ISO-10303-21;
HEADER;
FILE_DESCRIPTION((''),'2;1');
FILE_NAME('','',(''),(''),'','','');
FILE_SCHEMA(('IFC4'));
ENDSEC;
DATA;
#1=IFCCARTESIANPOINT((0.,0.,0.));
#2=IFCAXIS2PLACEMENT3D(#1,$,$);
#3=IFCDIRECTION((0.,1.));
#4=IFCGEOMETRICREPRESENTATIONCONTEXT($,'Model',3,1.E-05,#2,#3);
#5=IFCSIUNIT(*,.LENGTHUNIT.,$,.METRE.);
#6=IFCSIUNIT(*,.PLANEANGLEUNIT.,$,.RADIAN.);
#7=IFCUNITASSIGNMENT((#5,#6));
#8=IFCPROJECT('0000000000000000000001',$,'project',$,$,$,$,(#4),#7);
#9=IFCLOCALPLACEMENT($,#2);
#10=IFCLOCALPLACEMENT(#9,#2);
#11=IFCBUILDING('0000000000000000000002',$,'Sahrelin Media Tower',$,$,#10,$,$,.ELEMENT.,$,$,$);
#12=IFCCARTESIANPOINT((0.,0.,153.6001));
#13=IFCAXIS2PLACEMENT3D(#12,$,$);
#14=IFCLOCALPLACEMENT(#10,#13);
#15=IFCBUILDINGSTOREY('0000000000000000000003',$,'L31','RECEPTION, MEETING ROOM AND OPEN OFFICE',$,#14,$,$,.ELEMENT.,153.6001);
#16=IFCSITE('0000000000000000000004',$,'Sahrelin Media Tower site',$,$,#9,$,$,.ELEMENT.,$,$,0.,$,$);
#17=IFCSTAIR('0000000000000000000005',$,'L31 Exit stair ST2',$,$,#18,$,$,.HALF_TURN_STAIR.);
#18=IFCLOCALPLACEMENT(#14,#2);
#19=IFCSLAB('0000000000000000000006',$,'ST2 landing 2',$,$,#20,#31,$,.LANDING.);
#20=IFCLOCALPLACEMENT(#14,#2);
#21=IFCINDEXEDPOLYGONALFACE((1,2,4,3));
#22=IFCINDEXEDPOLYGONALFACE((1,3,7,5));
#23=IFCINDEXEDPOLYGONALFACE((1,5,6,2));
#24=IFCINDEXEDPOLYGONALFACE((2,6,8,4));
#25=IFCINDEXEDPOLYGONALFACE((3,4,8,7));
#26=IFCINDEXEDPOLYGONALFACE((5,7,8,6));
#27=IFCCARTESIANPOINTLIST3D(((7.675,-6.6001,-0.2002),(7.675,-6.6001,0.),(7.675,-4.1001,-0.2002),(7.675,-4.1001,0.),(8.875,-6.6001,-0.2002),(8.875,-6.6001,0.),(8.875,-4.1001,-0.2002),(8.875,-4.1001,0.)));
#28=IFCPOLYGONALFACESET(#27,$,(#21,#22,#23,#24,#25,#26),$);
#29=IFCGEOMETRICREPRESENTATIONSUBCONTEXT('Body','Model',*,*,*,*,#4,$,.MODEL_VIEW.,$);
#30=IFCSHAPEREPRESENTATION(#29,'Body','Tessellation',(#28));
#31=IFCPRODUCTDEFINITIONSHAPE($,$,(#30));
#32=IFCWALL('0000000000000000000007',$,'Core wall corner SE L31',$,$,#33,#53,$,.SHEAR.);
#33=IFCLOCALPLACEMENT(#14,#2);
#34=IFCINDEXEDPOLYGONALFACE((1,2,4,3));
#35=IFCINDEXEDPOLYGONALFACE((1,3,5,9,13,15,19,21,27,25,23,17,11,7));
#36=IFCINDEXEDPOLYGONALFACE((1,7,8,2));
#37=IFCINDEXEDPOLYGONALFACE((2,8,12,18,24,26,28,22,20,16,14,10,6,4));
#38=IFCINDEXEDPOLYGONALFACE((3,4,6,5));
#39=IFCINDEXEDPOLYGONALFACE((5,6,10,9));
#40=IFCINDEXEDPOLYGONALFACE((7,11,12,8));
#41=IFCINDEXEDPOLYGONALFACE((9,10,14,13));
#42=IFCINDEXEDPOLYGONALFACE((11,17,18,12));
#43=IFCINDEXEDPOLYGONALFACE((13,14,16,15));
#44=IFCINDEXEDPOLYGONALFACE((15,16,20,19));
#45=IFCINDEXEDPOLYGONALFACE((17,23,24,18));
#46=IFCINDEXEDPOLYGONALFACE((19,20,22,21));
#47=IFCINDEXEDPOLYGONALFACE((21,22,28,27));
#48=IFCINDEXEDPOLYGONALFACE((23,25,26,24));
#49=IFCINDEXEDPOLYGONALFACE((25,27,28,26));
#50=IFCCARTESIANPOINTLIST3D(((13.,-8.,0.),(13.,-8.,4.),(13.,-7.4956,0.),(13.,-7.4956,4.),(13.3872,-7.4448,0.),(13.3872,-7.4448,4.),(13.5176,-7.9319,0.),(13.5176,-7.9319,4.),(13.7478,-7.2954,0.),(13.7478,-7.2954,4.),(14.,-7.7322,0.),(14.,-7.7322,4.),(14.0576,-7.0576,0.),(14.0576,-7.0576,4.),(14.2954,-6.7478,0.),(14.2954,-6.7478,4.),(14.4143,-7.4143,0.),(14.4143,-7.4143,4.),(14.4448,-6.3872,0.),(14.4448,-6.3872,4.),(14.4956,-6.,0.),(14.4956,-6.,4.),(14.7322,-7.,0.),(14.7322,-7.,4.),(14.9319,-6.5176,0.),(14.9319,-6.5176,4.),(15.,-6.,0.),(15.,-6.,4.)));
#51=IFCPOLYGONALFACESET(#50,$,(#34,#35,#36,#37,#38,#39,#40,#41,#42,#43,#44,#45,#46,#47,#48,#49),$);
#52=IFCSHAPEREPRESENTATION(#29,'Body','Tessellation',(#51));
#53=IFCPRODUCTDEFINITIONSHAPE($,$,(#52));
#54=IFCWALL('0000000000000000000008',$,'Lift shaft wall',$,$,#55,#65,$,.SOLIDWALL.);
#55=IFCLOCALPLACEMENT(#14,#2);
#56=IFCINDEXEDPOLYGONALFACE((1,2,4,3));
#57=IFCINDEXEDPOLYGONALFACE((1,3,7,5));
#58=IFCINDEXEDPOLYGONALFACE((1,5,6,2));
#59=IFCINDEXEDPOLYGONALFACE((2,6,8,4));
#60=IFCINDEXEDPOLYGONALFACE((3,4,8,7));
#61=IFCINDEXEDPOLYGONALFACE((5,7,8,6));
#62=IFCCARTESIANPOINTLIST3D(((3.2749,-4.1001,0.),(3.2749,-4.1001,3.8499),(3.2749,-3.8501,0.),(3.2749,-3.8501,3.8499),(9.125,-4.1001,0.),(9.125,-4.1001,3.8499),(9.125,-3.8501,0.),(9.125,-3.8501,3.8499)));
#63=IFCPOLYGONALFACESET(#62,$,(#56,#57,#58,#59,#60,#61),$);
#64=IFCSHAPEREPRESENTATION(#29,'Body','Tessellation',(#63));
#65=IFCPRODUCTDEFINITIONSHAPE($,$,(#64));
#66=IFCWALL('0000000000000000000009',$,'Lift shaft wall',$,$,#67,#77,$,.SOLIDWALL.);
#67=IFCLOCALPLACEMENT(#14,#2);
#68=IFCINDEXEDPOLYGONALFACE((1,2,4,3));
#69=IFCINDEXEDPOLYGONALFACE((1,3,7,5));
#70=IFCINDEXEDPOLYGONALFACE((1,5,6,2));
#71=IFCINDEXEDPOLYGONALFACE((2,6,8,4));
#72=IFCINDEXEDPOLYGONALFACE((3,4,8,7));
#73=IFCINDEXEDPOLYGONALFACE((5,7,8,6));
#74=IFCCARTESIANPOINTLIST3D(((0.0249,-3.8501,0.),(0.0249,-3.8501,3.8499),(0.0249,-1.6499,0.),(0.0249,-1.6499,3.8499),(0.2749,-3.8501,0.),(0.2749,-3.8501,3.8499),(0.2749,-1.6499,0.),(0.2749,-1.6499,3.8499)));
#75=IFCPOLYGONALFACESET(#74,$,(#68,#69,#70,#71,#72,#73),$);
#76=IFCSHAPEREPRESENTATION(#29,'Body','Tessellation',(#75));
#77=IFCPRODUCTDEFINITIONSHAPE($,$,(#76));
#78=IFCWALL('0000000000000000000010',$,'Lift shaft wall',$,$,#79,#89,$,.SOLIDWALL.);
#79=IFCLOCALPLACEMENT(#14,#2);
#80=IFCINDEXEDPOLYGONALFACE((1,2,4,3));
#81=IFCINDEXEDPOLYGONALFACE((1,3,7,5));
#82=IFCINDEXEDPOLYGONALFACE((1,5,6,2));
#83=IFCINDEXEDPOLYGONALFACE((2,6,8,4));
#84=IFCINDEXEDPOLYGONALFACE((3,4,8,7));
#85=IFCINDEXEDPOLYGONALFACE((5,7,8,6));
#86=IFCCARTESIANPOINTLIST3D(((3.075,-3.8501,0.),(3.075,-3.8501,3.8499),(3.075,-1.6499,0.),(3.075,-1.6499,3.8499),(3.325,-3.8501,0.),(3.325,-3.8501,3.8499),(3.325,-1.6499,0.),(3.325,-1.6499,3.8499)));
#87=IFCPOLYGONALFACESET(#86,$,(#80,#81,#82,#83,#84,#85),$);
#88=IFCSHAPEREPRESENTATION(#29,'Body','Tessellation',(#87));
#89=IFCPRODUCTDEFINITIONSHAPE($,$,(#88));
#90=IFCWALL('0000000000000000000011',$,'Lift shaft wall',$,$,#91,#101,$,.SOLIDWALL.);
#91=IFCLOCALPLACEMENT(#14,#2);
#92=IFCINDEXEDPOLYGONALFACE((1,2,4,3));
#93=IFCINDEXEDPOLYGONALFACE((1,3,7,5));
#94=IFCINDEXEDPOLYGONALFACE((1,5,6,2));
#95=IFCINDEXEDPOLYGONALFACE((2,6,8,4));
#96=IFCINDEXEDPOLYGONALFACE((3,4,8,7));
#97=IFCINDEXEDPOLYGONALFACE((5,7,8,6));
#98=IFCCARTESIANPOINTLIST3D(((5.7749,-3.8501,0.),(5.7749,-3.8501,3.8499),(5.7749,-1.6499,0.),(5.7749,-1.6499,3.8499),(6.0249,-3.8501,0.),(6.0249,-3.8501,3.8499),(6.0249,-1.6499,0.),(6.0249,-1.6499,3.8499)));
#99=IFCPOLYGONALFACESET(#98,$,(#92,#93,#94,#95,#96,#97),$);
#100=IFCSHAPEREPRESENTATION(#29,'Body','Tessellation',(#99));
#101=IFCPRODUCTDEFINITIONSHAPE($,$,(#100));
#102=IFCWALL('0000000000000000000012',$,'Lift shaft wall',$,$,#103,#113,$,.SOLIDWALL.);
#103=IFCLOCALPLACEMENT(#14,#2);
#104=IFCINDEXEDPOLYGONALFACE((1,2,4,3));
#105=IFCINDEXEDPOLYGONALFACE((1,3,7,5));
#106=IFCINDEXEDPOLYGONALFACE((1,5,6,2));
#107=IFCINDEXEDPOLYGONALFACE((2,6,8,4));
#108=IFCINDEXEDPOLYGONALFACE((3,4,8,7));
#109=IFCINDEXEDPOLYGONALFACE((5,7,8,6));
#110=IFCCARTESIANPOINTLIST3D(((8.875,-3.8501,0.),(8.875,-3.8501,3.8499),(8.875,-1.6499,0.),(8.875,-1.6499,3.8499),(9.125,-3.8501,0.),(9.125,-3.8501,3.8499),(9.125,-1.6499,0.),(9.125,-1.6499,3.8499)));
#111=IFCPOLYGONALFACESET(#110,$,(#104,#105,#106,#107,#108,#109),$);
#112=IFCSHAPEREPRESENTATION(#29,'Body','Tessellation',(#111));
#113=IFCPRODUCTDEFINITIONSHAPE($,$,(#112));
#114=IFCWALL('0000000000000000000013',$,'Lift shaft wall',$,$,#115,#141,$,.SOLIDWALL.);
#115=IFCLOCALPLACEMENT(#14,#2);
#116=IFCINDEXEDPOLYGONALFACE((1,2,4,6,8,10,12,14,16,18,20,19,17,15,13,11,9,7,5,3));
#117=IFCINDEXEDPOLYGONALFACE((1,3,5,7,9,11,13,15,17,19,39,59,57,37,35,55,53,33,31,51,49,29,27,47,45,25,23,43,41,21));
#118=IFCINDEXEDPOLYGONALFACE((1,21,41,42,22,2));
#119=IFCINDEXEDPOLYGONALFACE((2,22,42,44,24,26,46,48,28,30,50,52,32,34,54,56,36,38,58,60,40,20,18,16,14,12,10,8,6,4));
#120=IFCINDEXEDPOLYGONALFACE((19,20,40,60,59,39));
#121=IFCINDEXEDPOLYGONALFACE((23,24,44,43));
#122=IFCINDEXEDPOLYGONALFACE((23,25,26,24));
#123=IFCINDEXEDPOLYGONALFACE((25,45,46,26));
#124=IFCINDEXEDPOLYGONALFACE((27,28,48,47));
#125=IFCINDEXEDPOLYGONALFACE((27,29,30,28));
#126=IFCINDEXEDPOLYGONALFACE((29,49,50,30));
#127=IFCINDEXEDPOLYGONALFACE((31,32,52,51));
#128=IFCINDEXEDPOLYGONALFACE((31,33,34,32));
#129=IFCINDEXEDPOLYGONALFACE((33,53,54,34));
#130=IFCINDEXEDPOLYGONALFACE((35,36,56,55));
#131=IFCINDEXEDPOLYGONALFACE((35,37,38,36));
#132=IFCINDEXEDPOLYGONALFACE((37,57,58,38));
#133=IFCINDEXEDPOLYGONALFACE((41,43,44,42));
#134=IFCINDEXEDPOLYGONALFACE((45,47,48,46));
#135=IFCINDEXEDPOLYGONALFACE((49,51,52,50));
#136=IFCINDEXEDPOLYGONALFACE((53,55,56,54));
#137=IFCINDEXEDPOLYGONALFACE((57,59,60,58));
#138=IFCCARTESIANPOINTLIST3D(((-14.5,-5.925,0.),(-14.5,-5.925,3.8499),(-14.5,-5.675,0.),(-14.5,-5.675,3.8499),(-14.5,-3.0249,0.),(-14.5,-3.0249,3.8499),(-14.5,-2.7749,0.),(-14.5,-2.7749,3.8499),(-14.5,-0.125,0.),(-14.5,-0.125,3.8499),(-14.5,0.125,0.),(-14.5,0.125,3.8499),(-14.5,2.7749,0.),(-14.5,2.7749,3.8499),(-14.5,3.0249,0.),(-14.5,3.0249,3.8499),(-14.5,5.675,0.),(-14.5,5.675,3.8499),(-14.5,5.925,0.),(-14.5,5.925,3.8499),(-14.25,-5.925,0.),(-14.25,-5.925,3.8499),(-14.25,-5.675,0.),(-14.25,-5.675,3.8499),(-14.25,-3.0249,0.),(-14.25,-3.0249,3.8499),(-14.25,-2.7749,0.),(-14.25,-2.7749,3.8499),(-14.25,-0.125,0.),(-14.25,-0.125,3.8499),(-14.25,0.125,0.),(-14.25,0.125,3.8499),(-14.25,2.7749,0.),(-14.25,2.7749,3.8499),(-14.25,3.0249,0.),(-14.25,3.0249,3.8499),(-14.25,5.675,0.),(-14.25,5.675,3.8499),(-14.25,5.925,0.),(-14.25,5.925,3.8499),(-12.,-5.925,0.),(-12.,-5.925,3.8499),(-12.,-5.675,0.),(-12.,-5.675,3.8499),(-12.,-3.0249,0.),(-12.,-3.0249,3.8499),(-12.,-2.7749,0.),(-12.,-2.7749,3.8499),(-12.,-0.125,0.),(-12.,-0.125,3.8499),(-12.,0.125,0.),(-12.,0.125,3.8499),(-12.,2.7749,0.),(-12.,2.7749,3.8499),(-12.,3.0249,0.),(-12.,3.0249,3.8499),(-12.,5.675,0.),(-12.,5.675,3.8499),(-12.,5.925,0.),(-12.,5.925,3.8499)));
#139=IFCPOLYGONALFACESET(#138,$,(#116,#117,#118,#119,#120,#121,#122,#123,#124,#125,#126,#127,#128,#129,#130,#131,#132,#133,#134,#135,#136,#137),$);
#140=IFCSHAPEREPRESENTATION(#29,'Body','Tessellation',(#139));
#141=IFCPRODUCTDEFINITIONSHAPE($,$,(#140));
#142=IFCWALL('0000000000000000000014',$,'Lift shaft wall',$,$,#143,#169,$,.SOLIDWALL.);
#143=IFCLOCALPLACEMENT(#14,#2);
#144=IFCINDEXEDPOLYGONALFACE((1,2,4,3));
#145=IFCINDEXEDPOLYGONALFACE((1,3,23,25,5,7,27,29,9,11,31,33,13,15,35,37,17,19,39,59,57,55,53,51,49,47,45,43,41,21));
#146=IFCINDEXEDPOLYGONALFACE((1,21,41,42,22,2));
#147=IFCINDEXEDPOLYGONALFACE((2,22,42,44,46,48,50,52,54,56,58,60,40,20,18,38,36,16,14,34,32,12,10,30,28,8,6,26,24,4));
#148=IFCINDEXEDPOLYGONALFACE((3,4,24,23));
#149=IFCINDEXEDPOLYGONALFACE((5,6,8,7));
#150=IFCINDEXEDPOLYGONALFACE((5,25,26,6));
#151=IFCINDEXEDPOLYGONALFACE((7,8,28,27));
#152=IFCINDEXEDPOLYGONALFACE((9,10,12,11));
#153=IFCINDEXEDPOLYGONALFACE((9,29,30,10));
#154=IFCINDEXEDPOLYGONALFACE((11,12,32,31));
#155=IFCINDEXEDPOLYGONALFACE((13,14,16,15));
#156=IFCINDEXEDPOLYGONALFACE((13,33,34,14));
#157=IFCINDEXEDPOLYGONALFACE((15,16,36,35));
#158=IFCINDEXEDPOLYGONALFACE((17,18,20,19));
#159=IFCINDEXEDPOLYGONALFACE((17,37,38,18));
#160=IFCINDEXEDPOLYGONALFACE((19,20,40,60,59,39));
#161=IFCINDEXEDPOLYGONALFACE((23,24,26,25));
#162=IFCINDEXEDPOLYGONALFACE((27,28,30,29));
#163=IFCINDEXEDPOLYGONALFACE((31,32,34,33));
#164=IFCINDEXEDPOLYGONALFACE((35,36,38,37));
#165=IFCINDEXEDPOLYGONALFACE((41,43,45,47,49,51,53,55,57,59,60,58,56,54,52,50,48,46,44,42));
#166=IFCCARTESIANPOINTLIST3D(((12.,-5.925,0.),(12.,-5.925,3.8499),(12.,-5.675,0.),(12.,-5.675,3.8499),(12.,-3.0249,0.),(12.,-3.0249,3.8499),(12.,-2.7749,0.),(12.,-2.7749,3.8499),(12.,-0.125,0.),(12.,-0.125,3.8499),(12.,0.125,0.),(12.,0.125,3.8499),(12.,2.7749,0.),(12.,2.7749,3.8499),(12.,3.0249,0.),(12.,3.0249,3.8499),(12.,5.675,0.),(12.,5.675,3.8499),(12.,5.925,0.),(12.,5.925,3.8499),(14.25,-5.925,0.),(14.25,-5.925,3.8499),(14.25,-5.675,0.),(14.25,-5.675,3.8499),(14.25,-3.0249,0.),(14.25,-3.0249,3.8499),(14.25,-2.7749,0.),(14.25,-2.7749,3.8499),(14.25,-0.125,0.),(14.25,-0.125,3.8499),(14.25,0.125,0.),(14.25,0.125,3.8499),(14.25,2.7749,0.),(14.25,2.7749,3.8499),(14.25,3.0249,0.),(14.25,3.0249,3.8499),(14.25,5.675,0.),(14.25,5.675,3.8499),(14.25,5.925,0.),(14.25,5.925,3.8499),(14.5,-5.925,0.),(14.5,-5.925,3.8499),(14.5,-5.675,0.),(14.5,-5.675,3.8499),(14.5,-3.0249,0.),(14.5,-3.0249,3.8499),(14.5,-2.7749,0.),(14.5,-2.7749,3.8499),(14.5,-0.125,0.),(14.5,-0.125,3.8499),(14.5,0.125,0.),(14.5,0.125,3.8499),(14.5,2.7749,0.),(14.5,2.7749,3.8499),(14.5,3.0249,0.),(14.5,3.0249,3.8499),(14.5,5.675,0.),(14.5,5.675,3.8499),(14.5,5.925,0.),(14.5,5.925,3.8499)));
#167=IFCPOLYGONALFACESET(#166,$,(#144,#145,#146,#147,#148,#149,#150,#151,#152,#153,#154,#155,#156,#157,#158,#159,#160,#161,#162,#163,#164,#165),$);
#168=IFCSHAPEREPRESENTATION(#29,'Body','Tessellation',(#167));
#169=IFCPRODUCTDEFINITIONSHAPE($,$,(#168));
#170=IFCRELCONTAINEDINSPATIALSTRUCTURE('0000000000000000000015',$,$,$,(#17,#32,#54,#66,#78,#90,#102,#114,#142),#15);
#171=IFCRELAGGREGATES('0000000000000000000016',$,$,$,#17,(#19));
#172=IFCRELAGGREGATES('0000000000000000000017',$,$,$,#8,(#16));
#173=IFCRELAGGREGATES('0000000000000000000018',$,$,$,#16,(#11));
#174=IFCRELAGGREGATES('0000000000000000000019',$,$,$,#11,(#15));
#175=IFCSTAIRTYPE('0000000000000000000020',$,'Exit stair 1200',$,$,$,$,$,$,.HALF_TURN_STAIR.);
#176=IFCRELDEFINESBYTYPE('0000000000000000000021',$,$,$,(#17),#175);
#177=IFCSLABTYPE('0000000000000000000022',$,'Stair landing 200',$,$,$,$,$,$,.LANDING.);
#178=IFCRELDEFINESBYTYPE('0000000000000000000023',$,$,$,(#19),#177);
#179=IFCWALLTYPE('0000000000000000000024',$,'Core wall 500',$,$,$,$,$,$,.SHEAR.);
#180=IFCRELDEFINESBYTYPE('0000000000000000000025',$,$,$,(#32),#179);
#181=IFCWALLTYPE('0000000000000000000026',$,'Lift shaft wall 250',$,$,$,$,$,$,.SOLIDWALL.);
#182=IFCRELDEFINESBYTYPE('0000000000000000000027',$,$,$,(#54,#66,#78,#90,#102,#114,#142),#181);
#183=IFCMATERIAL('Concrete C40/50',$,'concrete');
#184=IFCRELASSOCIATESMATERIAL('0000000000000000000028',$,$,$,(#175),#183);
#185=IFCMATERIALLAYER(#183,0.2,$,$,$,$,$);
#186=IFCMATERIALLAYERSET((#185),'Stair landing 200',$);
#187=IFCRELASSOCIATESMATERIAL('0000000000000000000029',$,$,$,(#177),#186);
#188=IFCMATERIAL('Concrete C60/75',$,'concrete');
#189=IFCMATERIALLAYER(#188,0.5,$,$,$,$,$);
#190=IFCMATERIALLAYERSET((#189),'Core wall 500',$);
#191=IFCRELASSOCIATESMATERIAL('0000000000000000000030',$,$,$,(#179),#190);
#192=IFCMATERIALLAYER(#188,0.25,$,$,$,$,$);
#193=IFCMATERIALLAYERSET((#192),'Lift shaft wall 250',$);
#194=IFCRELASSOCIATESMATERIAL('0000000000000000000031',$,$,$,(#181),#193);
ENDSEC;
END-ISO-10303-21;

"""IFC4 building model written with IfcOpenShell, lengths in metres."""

from ifc_helpers import new_model, si_unit, direction, frame, frame_2d, origin, place, context, subcontext, project, spatial, polyline, rectangle, outline, extrude, material, layer, layer_set, type_object, element, aggregate, save


model = new_model("IFC4")

# Units and contexts
model_context = context("Model", 3, precision=1e-05, world=origin(), true_north=direction((0.0, 1.0)))
body_context = subcontext(model_context, "Body", "Model", "MODEL_VIEW")
ifc_project = project(units=[si_unit("LENGTHUNIT", "METRE"), si_unit("PLANEANGLEUNIT", "RADIAN")], contexts=[model_context])

# Site, building, storey
site_placement = place(None, origin())
site = spatial("IfcSite", under=ifc_project, at=site_placement, Name="Sahrelin Media Tower site", CompositionType="ELEMENT", RefElevation=0.0)
building_placement = place(site_placement, origin())
building = spatial("IfcBuilding", under=site, at=building_placement, Name="Sahrelin Media Tower", CompositionType="ELEMENT")
storey_placement = place(building_placement, frame((0.0, 0.0, 153.6001)))
storey = spatial("IfcBuildingStorey", under=building, at=storey_placement, Name="L31", Description="RECEPTION, MEETING ROOM AND OPEN OFFICE", CompositionType="ELEMENT", Elevation=153.6001)

# Shared definitions
ifc_material_1 = material(Name="Concrete C40/50", Category="concrete")

# Stair, slab
stair_type = type_object("IfcStairType", Name="Exit stair 1200", PredefinedType="HALF_TURN_STAIR", material=ifc_material_1)
placement_1 = place(storey_placement, origin())
ifc_layer_1 = layer(ifc_material_1, 0.2)
ifc_layer_set_1 = layer_set([ifc_layer_1], Name="Stair landing 200")
slab_type_1 = type_object("IfcSlabType", Name="Stair landing 200", PredefinedType="LANDING", material=ifc_layer_set_1)
placement_2 = place(storey_placement, frame((0.0, 0.0, -0.2002)))
stair_1 = element("IfcStair", 1, at=placement_1, inside=storey, type_object=stair_type, Name="L31 Exit stair ST2", PredefinedType="HALF_TURN_STAIR")
slab_1 = element("IfcSlab", 2, at=placement_2, type_object=slab_type_1, Name="ST2 landing 2", PredefinedType="LANDING", context=body_context, shape_type="SweptSolid", body=[
    extrude(outline(polyline([(8.875, -4.1001), (7.675, -4.1001), (7.675, -6.6001), (8.875, -6.6001), (8.875, -4.1001)])), origin(), (0.0, 0.0, 1.0), 0.2002),
])
aggregate(stair_1, [slab_1])

# Walls
ifc_material_2 = material(Name="Concrete C60/75", Category="concrete")
ifc_layer_2 = layer(ifc_material_2, 0.5)
ifc_layer_set_2 = layer_set([ifc_layer_2], Name="Core wall 500")
wall_type_1 = type_object("IfcWallType", Name="Core wall 500", PredefinedType="SHEAR", material=ifc_layer_set_2)
element("IfcWall", 3, at=placement_1, inside=storey, type_object=wall_type_1, Name="Core wall corner SE L31", PredefinedType="SHEAR", context=body_context, shape_type="SweptSolid", body=[
    extrude(outline(polyline([(15.0, -6.0), (14.4956, -6.0), (14.4448, -6.3872), (14.2954, -6.7478), (14.0576, -7.0576), (13.7478, -7.2954), (13.3872, -7.4448), (13.0, -7.4956), (13.0, -8.0), (13.5176, -7.9319), (14.0, -7.7322), (14.4143, -7.4143), (14.7322, -7.0), (14.9319, -6.5176), (15.0, -6.0)])), origin(), (0.0, 0.0, 1.0), 4.0),
])
ifc_layer_3 = layer(ifc_material_2, 0.25)
ifc_layer_set_3 = layer_set([ifc_layer_3], Name="Lift shaft wall 250")
wall_type_2 = type_object("IfcWallType", Name="Lift shaft wall 250", PredefinedType="SOLIDWALL", material=ifc_layer_set_3)
wall_1_placement = place(storey_placement, frame((3.2749, -3.9751, 0.0), z_axis=(0.0, 0.0, 1.0), x_axis=(1.0, 0.0, 0.0)))
element("IfcWall", 4, at=wall_1_placement, inside=storey, type_object=wall_type_2, Name="Lift shaft wall", PredefinedType="SOLIDWALL", context=body_context, shape_type="SweptSolid", body=[
    extrude(rectangle(XDim=5.8501, YDim=0.25, at=frame_2d((2.925, 0.0))), origin(), (0.0, 0.0, 1.0), 3.8499),
])
for number, where, z_axis, x_axis, name in (
    (5, (0.1499, -3.8501, 0.0), (0.0, 0.0, 1.0), (0.0, 1.0, 0.0), "Lift shaft wall"),
    (6, (3.2, -3.8501, 0.0), (0.0, 0.0, 1.0), (0.0, 1.0, 0.0), "Lift shaft wall"),
    (7, (5.8999, -3.8501, 0.0), (0.0, 0.0, 1.0), (0.0, 1.0, 0.0), "Lift shaft wall"),
    (8, (9.0, -3.8501, 0.0), (0.0, 0.0, 1.0), (0.0, 1.0, 0.0), "Lift shaft wall"),
):
    element("IfcWall", number, at=place(storey_placement, frame(where, z_axis=z_axis, x_axis=x_axis)), inside=storey, type_object=wall_type_2, Name=name, PredefinedType="SOLIDWALL", context=body_context, shape_type="SweptSolid", body=[
        extrude(rectangle(XDim=2.2002, YDim=0.25, at=frame_2d((1.1001, 0.0))), origin(), (0.0, 0.0, 1.0), 3.8499),
    ])
element("IfcWall", 9, at=placement_1, inside=storey, type_object=wall_type_2, Name="Lift shaft wall", PredefinedType="SOLIDWALL", context=body_context, shape_type="SweptSolid", body=[
    extrude(outline(polyline([(-12.0, -5.925), (-12.0, -5.675), (-14.25, -5.675), (-14.25, -3.0249), (-12.0, -3.0249), (-12.0, -2.7749), (-14.25, -2.7749), (-14.25, -0.125), (-12.0, -0.125), (-12.0, 0.125), (-14.25, 0.125), (-14.25, 2.7749), (-12.0, 2.7749), (-12.0, 3.0249), (-14.25, 3.0249), (-14.25, 5.675), (-12.0, 5.675), (-12.0, 5.925), (-14.25, 5.925), (-14.5, 5.925), (-14.5, 5.675), (-14.5, 3.0249), (-14.5, 2.7749), (-14.5, 0.125), (-14.5, -0.125), (-14.5, -2.7749), (-14.5, -3.0249), (-14.5, -5.675), (-14.5, -5.925), (-14.25, -5.925), (-12.0, -5.925)])), origin(), (0.0, 0.0, 1.0), 3.8499),
])
element("IfcWall", 10, at=placement_1, inside=storey, type_object=wall_type_2, Name="Lift shaft wall", PredefinedType="SOLIDWALL", context=body_context, shape_type="SweptSolid", body=[
    extrude(outline(polyline([(12.0, -5.675), (12.0, -5.925), (14.25, -5.925), (14.5, -5.925), (14.5, -5.675), (14.5, -3.0249), (14.5, -2.7749), (14.5, -0.125), (14.5, 0.125), (14.5, 2.7749), (14.5, 3.0249), (14.5, 5.675), (14.5, 5.925), (14.25, 5.925), (12.0, 5.925), (12.0, 5.675), (14.25, 5.675), (14.25, 3.0249), (12.0, 3.0249), (12.0, 2.7749), (14.25, 2.7749), (14.25, 0.125), (12.0, 0.125), (12.0, -0.125), (14.25, -0.125), (14.25, -2.7749), (12.0, -2.7749), (12.0, -3.0249), (14.25, -3.0249), (14.25, -5.675), (12.0, -5.675)])), origin(), (0.0, 0.0, 1.0), 3.8499),
])

save(model, "model.ifc")
